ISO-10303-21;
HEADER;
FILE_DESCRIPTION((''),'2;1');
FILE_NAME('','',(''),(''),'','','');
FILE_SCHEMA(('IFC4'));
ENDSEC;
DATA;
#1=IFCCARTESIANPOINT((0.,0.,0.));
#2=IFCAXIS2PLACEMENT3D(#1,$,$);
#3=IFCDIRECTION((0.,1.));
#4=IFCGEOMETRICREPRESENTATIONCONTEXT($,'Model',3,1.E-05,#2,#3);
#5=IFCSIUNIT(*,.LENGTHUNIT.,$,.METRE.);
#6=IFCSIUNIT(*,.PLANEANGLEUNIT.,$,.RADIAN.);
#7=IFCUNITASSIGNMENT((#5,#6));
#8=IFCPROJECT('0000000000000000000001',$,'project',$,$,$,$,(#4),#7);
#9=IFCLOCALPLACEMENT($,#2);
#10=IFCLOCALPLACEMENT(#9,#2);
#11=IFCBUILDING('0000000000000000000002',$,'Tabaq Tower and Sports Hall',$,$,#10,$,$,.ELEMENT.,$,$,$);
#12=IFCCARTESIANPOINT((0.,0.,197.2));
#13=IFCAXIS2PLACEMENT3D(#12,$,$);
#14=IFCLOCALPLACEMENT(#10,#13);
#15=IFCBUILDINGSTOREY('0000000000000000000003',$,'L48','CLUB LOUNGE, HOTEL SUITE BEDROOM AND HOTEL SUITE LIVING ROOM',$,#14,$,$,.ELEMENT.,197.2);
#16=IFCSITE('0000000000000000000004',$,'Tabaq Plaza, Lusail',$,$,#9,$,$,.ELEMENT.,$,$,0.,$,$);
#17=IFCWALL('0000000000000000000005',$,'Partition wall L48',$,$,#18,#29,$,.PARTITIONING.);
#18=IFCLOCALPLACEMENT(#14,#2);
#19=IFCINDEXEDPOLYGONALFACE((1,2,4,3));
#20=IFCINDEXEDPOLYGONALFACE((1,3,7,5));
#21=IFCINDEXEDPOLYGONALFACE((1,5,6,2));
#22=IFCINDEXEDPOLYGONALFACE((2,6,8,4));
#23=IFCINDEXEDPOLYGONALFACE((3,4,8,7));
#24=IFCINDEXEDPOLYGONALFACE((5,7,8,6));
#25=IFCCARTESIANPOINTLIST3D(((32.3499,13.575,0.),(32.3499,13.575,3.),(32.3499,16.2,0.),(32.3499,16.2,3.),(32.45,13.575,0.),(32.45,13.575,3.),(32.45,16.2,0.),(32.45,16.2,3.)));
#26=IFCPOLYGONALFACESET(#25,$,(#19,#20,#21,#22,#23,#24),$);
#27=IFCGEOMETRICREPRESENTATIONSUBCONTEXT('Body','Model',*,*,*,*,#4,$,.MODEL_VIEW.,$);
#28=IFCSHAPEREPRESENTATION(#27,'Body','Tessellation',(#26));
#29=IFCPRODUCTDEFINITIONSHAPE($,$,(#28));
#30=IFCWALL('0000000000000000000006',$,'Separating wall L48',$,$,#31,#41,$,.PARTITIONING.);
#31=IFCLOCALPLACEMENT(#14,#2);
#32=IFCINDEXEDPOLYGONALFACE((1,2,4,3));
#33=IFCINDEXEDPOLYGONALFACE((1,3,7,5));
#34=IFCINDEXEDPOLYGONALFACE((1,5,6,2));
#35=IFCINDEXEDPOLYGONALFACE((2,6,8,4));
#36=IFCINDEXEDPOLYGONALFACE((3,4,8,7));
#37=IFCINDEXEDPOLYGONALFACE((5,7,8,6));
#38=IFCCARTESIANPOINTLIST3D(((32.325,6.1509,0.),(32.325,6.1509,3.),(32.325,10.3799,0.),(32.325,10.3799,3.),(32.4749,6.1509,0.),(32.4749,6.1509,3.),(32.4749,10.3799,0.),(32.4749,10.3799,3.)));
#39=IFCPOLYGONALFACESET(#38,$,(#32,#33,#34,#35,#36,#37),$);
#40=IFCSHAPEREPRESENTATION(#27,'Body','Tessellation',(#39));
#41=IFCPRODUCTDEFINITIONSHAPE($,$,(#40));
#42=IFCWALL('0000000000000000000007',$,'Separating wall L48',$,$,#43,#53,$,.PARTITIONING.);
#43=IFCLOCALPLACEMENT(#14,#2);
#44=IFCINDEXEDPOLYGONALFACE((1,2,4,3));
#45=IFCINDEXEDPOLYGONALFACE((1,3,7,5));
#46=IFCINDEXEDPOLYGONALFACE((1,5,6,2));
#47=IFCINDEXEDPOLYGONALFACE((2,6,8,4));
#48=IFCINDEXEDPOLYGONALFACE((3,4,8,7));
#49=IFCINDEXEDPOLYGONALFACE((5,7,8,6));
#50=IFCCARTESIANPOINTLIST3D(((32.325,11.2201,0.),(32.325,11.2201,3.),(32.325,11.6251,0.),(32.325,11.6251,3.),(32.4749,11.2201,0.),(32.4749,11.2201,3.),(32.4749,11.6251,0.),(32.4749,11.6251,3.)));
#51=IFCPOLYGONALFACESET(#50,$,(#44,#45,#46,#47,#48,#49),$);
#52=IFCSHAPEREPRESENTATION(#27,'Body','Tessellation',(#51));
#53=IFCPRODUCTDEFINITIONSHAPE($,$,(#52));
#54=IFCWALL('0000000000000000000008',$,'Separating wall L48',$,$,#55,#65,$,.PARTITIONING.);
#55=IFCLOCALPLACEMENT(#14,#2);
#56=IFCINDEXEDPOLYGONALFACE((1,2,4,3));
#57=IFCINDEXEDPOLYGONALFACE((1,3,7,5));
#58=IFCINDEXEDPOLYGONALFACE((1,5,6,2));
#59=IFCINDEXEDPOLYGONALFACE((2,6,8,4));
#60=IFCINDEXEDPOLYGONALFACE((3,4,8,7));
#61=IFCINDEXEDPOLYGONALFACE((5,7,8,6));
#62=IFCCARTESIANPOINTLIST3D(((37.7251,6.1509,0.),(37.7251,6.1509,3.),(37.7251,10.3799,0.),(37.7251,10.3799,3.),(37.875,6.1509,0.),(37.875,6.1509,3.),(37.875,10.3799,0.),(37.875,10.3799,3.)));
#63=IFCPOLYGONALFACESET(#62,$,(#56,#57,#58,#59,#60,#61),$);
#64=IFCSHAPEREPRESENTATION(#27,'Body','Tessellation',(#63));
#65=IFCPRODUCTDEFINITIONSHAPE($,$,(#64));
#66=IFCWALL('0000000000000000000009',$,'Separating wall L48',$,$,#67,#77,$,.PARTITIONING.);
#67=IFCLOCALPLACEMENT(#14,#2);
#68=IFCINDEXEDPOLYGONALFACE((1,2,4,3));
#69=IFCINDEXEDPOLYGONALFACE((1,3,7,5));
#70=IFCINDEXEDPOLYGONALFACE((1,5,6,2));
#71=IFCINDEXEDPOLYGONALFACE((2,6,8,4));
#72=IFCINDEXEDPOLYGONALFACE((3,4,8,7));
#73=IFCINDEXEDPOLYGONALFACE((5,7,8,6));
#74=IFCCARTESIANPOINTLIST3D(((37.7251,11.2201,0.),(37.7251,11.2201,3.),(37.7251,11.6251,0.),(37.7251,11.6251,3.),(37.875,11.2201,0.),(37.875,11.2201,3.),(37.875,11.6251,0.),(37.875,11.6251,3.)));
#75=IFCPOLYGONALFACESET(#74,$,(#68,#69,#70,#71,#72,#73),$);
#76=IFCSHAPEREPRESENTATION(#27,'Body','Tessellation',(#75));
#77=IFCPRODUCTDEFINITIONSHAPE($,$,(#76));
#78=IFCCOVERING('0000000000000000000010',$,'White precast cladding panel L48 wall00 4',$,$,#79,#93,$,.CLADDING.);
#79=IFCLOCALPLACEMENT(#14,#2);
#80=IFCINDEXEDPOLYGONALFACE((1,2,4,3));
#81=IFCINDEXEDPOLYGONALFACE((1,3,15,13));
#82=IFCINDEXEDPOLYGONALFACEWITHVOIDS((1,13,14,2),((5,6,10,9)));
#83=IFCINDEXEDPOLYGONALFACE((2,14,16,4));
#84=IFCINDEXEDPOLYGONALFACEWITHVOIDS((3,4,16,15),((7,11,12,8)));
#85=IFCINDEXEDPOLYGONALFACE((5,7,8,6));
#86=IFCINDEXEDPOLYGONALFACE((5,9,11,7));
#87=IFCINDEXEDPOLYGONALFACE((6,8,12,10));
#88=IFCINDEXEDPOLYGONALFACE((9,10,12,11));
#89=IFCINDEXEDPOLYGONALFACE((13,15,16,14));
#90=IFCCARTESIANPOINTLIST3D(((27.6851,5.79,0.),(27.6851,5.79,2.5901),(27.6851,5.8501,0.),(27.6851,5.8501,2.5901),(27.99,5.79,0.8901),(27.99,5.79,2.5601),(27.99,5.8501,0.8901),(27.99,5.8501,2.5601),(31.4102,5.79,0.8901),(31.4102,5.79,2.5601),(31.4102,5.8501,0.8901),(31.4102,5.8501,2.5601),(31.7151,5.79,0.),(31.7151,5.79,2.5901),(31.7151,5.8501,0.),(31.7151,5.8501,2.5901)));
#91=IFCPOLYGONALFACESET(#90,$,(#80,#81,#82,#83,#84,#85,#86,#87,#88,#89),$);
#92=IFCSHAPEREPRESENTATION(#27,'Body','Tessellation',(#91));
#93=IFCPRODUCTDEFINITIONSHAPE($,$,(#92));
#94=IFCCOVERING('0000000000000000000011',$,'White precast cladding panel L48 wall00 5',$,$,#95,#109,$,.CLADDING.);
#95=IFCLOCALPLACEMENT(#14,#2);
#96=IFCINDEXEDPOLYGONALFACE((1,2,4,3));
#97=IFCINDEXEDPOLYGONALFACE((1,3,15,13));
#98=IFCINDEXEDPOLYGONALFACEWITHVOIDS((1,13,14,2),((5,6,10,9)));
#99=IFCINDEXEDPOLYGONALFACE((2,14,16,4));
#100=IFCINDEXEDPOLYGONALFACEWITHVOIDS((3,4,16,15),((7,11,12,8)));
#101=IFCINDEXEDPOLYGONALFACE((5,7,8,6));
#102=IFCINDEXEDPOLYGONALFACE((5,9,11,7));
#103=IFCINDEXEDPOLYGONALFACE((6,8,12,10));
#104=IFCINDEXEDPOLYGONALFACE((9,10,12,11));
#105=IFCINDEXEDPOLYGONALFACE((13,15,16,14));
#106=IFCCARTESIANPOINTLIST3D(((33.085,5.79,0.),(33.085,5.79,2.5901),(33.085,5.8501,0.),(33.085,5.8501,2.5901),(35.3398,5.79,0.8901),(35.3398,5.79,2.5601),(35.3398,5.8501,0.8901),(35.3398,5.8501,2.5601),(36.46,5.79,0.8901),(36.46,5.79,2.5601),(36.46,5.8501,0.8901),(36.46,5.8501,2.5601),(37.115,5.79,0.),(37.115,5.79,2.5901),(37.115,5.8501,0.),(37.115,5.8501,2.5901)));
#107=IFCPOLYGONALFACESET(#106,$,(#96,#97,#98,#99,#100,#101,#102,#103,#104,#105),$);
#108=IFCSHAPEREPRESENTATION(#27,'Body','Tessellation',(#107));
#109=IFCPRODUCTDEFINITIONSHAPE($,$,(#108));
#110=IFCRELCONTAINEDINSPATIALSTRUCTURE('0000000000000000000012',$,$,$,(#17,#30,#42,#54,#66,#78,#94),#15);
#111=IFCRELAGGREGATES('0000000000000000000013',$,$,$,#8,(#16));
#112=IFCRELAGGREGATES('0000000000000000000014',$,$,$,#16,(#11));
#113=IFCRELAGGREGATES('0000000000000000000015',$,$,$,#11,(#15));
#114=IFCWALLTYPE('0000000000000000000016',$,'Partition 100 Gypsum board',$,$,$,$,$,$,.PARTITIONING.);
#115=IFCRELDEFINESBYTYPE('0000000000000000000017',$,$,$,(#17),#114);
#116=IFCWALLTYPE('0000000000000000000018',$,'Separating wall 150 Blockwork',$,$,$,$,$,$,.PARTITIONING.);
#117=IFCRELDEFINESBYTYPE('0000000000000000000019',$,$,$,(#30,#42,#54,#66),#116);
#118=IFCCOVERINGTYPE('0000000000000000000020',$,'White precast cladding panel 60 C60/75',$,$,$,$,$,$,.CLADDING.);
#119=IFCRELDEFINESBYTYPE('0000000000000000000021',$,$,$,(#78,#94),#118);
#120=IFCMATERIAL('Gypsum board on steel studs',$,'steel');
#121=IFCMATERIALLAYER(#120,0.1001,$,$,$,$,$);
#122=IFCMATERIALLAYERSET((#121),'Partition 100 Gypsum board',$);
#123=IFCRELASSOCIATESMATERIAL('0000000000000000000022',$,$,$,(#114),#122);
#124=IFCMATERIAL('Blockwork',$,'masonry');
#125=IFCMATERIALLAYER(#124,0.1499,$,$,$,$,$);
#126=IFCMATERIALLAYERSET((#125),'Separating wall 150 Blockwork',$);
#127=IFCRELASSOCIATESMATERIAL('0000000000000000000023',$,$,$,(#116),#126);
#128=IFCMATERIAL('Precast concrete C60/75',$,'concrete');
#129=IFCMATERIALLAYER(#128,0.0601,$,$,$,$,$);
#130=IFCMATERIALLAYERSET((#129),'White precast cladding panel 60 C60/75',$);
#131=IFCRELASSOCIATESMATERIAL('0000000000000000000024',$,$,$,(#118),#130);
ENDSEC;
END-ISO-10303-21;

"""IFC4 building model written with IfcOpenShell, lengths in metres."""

from ifc_helpers import new_model, si_unit, direction, frame, frame_2d, origin, place, context, subcontext, project, spatial, polyline, rectangle, outline, extrude, material, layer, layer_set, type_object, element, save


model = new_model("IFC4")

# Units and contexts
model_context = context("Model", 3, precision=1e-05, world=origin(), true_north=direction((0.0, 1.0)))
body_context = subcontext(model_context, "Body", "Model", "MODEL_VIEW")
ifc_project = project(units=[si_unit("LENGTHUNIT", "METRE"), si_unit("PLANEANGLEUNIT", "RADIAN")], contexts=[model_context])

# Site, building, storey
site_placement = place(None, origin())
site = spatial("IfcSite", under=ifc_project, at=site_placement, Name="Tabaq Plaza, Lusail", CompositionType="ELEMENT", RefElevation=0.0)
building_placement = place(site_placement, origin())
building = spatial("IfcBuilding", under=site, at=building_placement, Name="Tabaq Tower and Sports Hall", CompositionType="ELEMENT")
storey_placement = place(building_placement, frame((0.0, 0.0, 197.2)))
storey = spatial("IfcBuildingStorey", under=building, at=storey_placement, Name="L48", Description="CLUB LOUNGE, HOTEL SUITE BEDROOM AND HOTEL SUITE LIVING ROOM", CompositionType="ELEMENT", Elevation=197.2)

# Shared definitions
ifc_material_1 = material(Name="Gypsum board on steel studs", Category="steel")
ifc_layer_1 = layer(ifc_material_1, 0.1001)
ifc_layer_set_1 = layer_set([ifc_layer_1], Name="Partition 100 Gypsum board")
wall_type_1 = type_object("IfcWallType", Name="Partition 100 Gypsum board", PredefinedType="PARTITIONING", material=ifc_layer_set_1)

# Walls
wall_1_placement = place(storey_placement, frame((32.3999, 13.575, 0.0), z_axis=(0.0, 0.0, 1.0), x_axis=(0.0, 1.0, 0.0)))
element("IfcWall", 1, at=wall_1_placement, inside=storey, type_object=wall_type_1, Name="Partition wall L48", PredefinedType="PARTITIONING", context=body_context, shape_type="SweptSolid", body=[
    extrude(rectangle(XDim=2.625, YDim=0.1001, at=frame_2d((1.3125, 0.0))), origin(), (0.0, 0.0, 1.0), 3.0),
])
ifc_material_2 = material(Name="Blockwork", Category="masonry")
ifc_layer_2 = layer(ifc_material_2, 0.1499)
ifc_layer_set_2 = layer_set([ifc_layer_2], Name="Separating wall 150 Blockwork")
wall_type_2 = type_object("IfcWallType", Name="Separating wall 150 Blockwork", PredefinedType="PARTITIONING", material=ifc_layer_set_2)
wall_2_placement = place(storey_placement, frame((32.3999, 6.1509, 0.0), z_axis=(0.0, 0.0, 1.0), x_axis=(0.0, 1.0, 0.0)))
element("IfcWall", 2, at=wall_2_placement, inside=storey, type_object=wall_type_2, Name="Separating wall L48", PredefinedType="PARTITIONING", context=body_context, shape_type="SweptSolid", body=[
    extrude(rectangle(XDim=4.229, YDim=0.1499, at=frame_2d((2.1145, 0.0))), origin(), (0.0, 0.0, 1.0), 3.0),
])
wall_3_placement = place(storey_placement, frame((32.3999, 11.22, 0.0), z_axis=(0.0, 0.0, 1.0), x_axis=(0.0, 1.0, 0.0)))
element("IfcWall", 3, at=wall_3_placement, inside=storey, type_object=wall_type_2, Name="Separating wall L48", PredefinedType="PARTITIONING", context=body_context, shape_type="SweptSolid", body=[
    extrude(rectangle(XDim=0.405, YDim=0.1499, at=frame_2d((0.2026, 0.0))), origin(), (0.0, 0.0, 1.0), 3.0),
])
wall_4_placement = place(storey_placement, frame((37.8, 6.1509, 0.0), z_axis=(0.0, 0.0, 1.0), x_axis=(0.0, 1.0, 0.0)))
element("IfcWall", 4, at=wall_4_placement, inside=storey, type_object=wall_type_2, Name="Separating wall L48", PredefinedType="PARTITIONING", context=body_context, shape_type="SweptSolid", body=[
    extrude(rectangle(XDim=4.229, YDim=0.1499, at=frame_2d((2.1145, 0.0))), origin(), (0.0, 0.0, 1.0), 3.0),
])
wall_5_placement = place(storey_placement, frame((37.8, 11.22, 0.0), z_axis=(0.0, 0.0, 1.0), x_axis=(0.0, 1.0, 0.0)))
element("IfcWall", 5, at=wall_5_placement, inside=storey, type_object=wall_type_2, Name="Separating wall L48", PredefinedType="PARTITIONING", context=body_context, shape_type="SweptSolid", body=[
    extrude(rectangle(XDim=0.405, YDim=0.1499, at=frame_2d((0.2026, 0.0))), origin(), (0.0, 0.0, 1.0), 3.0),
])

# Coverings
ifc_material_3 = material(Name="Precast concrete C60/75", Category="concrete")
ifc_layer_3 = layer(ifc_material_3, 0.0601)
ifc_layer_set_3 = layer_set([ifc_layer_3], Name="White precast cladding panel 60 C60/75")
covering_type = type_object("IfcCoveringType", Name="White precast cladding panel 60 C60/75", PredefinedType="CLADDING", material=ifc_layer_set_3)
covering_1_placement = place(storey_placement, frame((27.6851, 5.8201, 0.0), z_axis=(0.0, 0.0, 1.0), x_axis=(1.0, 0.0, 0.0)))
element("IfcCovering", 6, at=covering_1_placement, inside=storey, type_object=covering_type, Name="White precast cladding panel L48 wall00 4", PredefinedType="CLADDING", context=body_context, shape_type="SweptSolid", body=[
    extrude(outline(polyline([(0.0, 0.0), (4.03, 0.0), (4.03, 2.5901), (0.0, 2.5901), (0.0, 0.0)]), holes=[polyline([(3.7251, 0.8901), (0.3049, 0.8901), (0.3049, 2.5601), (3.7251, 2.5601), (3.7251, 0.8901)])]), frame((0.0, 0.03, 0.0), z_axis=(0.0, -1.0, 0.0), x_axis=(1.0, 0.0, 0.0)), (0.0, 0.0, 1.0), 0.0601),
])
covering_2_placement = place(storey_placement, frame((33.085, 5.8201, 0.0), z_axis=(0.0, 0.0, 1.0), x_axis=(1.0, 0.0, 0.0)))
element("IfcCovering", 7, at=covering_2_placement, inside=storey, type_object=covering_type, Name="White precast cladding panel L48 wall00 5", PredefinedType="CLADDING", context=body_context, shape_type="SweptSolid", body=[
    extrude(outline(polyline([(0.0, 0.0), (4.03, 0.0), (4.03, 2.5901), (0.0, 2.5901), (0.0, 0.0)]), holes=[polyline([(3.375, 0.8901), (2.2549, 0.8901), (2.2549, 2.5601), (3.375, 2.5601), (3.375, 0.8901)])]), frame((0.0, 0.03, 0.0), z_axis=(0.0, -1.0, 0.0), x_axis=(1.0, 0.0, 0.0)), (0.0, 0.0, 1.0), 0.0601),
])

save(model, "model.ifc")
